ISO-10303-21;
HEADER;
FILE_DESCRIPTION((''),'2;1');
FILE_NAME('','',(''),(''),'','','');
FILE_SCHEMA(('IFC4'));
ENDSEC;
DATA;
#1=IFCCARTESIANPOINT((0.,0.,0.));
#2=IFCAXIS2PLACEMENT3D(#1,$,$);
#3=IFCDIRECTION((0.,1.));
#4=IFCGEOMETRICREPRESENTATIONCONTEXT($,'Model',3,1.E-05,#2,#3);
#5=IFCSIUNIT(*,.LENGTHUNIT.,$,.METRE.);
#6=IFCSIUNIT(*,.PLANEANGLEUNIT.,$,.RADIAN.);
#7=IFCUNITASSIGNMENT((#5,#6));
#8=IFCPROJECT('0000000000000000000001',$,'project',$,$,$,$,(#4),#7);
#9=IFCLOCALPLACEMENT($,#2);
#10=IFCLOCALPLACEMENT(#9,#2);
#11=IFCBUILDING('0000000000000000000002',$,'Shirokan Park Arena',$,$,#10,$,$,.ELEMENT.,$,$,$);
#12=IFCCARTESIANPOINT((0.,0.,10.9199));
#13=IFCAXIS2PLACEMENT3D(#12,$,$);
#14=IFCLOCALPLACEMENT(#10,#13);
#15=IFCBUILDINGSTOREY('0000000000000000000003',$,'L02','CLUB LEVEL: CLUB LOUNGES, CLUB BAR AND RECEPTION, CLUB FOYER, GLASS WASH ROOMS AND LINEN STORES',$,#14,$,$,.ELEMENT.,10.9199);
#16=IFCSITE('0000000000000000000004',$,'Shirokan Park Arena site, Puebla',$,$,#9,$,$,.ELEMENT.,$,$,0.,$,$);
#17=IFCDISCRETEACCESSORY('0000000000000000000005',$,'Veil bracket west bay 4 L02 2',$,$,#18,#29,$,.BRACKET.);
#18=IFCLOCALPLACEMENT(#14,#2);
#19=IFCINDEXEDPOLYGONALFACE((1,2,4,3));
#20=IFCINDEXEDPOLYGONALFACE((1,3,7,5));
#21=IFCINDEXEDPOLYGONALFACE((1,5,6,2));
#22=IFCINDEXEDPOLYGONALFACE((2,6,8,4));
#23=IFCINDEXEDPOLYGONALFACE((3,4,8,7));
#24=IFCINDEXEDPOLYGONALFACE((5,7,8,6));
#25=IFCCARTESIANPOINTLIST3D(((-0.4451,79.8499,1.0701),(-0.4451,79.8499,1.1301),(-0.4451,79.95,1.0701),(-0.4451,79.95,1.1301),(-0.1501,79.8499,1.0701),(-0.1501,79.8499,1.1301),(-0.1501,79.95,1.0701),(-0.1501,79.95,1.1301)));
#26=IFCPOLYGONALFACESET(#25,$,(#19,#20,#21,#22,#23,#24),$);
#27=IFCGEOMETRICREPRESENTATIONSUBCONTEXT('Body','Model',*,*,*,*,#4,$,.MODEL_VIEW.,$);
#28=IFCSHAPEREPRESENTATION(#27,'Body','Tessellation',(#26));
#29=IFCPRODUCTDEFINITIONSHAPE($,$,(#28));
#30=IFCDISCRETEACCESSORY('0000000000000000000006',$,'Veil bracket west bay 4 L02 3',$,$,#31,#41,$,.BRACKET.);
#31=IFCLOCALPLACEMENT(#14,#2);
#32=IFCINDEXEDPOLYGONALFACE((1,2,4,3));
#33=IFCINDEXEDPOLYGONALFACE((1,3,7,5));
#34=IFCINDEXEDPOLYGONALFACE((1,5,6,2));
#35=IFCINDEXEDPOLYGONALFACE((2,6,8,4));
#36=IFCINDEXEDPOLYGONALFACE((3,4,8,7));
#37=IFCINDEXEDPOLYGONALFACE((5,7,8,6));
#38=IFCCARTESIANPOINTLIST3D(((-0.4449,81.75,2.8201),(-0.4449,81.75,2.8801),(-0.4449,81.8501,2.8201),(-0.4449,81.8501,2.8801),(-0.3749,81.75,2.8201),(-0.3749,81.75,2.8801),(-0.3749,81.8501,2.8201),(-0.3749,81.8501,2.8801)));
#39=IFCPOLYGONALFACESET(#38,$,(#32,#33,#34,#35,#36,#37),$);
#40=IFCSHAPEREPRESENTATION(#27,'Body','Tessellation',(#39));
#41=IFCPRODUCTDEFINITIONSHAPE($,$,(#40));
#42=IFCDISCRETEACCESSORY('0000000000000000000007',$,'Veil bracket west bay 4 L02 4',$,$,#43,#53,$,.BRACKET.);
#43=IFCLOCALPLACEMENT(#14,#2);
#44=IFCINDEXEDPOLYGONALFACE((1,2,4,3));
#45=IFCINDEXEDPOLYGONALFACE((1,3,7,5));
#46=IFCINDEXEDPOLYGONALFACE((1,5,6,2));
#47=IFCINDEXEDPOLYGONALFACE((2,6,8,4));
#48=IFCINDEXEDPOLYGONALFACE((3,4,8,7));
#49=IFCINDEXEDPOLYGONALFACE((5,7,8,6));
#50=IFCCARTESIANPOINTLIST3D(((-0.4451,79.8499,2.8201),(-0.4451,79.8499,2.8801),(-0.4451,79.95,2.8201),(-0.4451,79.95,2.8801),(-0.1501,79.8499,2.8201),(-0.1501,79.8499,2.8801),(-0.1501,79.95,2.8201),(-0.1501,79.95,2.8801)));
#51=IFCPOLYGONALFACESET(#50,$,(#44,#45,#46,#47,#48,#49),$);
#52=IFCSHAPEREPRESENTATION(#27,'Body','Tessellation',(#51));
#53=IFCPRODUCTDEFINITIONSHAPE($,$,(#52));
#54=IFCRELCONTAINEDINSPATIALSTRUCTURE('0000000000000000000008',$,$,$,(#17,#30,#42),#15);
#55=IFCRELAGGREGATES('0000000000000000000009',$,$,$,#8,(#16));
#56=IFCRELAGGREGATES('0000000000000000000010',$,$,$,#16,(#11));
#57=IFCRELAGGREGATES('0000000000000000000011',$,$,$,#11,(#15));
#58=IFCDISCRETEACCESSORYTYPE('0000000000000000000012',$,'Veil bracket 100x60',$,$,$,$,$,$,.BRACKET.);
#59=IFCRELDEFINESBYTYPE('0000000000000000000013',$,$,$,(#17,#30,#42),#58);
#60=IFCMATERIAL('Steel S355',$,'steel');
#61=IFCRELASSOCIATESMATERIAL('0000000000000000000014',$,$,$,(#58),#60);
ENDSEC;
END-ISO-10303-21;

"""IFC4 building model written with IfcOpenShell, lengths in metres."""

from ifc_helpers import new_model, si_unit, direction, frame, origin, origin_2d, place, context, subcontext, project, spatial, rectangle, extrude, material, type_object, element, save


model = new_model("IFC4")

# Units and contexts
model_context = context("Model", 3, precision=1e-05, world=origin(), true_north=direction((0.0, 1.0)))
body_context = subcontext(model_context, "Body", "Model", "MODEL_VIEW")
ifc_project = project(units=[si_unit("LENGTHUNIT", "METRE"), si_unit("PLANEANGLEUNIT", "RADIAN")], contexts=[model_context])

# Site, building, storey
site_placement = place(None, origin())
site = spatial("IfcSite", under=ifc_project, at=site_placement, Name="Shirokan Park Arena site, Puebla", CompositionType="ELEMENT", RefElevation=0.0)
building_placement = place(site_placement, origin())
building = spatial("IfcBuilding", under=site, at=building_placement, Name="Shirokan Park Arena", CompositionType="ELEMENT")
storey_placement = place(building_placement, frame((0.0, 0.0, 10.9199)))
storey = spatial("IfcBuildingStorey", under=building, at=storey_placement, Name="L02", Description="CLUB LEVEL: CLUB LOUNGES, CLUB BAR AND RECEPTION, CLUB FOYER, GLASS WASH ROOMS AND LINEN STORES", CompositionType="ELEMENT", Elevation=10.9199)

# Discrete accessories
ifc_material_1 = material(Name="Steel S355", Category="steel")
discrete_accessory_type = type_object("IfcDiscreteAccessoryType", Name="Veil bracket 100x60", PredefinedType="BRACKET", material=ifc_material_1)
discrete_accessory_1_placement = place(storey_placement, frame((-0.2976, 79.8999, 1.0701), z_axis=(0.0, 0.0, 1.0), x_axis=(0.0, -1.0, 0.0)))
element("IfcDiscreteAccessory", 1, at=discrete_accessory_1_placement, inside=storey, type_object=discrete_accessory_type, Name="Veil bracket west bay 4 L02 2", PredefinedType="BRACKET", context=body_context, shape_type="SweptSolid", body=[
    extrude(rectangle(XDim=0.1001, YDim=0.2949, at=origin_2d()), origin(), (0.0, 0.0, 1.0), 0.0601),
])
discrete_accessory_2_placement = place(storey_placement, frame((-0.4099, 81.8, 2.8201), z_axis=(0.0, 0.0, 1.0), x_axis=(0.0, -1.0, 0.0)))
element("IfcDiscreteAccessory", 2, at=discrete_accessory_2_placement, inside=storey, type_object=discrete_accessory_type, Name="Veil bracket west bay 4 L02 3", PredefinedType="BRACKET", context=body_context, shape_type="SweptSolid", body=[
    extrude(rectangle(XDim=0.1001, YDim=0.0701, at=origin_2d()), origin(), (0.0, 0.0, 1.0), 0.0601),
])
discrete_accessory_3_placement = place(storey_placement, frame((-0.2976, 79.8999, 2.8201), z_axis=(0.0, 0.0, 1.0), x_axis=(0.0, -1.0, 0.0)))
element("IfcDiscreteAccessory", 3, at=discrete_accessory_3_placement, inside=storey, type_object=discrete_accessory_type, Name="Veil bracket west bay 4 L02 4", PredefinedType="BRACKET", context=body_context, shape_type="SweptSolid", body=[
    extrude(rectangle(XDim=0.1001, YDim=0.2949, at=origin_2d()), origin(), (0.0, 0.0, 1.0), 0.0601),
])

save(model, "model.ifc")
